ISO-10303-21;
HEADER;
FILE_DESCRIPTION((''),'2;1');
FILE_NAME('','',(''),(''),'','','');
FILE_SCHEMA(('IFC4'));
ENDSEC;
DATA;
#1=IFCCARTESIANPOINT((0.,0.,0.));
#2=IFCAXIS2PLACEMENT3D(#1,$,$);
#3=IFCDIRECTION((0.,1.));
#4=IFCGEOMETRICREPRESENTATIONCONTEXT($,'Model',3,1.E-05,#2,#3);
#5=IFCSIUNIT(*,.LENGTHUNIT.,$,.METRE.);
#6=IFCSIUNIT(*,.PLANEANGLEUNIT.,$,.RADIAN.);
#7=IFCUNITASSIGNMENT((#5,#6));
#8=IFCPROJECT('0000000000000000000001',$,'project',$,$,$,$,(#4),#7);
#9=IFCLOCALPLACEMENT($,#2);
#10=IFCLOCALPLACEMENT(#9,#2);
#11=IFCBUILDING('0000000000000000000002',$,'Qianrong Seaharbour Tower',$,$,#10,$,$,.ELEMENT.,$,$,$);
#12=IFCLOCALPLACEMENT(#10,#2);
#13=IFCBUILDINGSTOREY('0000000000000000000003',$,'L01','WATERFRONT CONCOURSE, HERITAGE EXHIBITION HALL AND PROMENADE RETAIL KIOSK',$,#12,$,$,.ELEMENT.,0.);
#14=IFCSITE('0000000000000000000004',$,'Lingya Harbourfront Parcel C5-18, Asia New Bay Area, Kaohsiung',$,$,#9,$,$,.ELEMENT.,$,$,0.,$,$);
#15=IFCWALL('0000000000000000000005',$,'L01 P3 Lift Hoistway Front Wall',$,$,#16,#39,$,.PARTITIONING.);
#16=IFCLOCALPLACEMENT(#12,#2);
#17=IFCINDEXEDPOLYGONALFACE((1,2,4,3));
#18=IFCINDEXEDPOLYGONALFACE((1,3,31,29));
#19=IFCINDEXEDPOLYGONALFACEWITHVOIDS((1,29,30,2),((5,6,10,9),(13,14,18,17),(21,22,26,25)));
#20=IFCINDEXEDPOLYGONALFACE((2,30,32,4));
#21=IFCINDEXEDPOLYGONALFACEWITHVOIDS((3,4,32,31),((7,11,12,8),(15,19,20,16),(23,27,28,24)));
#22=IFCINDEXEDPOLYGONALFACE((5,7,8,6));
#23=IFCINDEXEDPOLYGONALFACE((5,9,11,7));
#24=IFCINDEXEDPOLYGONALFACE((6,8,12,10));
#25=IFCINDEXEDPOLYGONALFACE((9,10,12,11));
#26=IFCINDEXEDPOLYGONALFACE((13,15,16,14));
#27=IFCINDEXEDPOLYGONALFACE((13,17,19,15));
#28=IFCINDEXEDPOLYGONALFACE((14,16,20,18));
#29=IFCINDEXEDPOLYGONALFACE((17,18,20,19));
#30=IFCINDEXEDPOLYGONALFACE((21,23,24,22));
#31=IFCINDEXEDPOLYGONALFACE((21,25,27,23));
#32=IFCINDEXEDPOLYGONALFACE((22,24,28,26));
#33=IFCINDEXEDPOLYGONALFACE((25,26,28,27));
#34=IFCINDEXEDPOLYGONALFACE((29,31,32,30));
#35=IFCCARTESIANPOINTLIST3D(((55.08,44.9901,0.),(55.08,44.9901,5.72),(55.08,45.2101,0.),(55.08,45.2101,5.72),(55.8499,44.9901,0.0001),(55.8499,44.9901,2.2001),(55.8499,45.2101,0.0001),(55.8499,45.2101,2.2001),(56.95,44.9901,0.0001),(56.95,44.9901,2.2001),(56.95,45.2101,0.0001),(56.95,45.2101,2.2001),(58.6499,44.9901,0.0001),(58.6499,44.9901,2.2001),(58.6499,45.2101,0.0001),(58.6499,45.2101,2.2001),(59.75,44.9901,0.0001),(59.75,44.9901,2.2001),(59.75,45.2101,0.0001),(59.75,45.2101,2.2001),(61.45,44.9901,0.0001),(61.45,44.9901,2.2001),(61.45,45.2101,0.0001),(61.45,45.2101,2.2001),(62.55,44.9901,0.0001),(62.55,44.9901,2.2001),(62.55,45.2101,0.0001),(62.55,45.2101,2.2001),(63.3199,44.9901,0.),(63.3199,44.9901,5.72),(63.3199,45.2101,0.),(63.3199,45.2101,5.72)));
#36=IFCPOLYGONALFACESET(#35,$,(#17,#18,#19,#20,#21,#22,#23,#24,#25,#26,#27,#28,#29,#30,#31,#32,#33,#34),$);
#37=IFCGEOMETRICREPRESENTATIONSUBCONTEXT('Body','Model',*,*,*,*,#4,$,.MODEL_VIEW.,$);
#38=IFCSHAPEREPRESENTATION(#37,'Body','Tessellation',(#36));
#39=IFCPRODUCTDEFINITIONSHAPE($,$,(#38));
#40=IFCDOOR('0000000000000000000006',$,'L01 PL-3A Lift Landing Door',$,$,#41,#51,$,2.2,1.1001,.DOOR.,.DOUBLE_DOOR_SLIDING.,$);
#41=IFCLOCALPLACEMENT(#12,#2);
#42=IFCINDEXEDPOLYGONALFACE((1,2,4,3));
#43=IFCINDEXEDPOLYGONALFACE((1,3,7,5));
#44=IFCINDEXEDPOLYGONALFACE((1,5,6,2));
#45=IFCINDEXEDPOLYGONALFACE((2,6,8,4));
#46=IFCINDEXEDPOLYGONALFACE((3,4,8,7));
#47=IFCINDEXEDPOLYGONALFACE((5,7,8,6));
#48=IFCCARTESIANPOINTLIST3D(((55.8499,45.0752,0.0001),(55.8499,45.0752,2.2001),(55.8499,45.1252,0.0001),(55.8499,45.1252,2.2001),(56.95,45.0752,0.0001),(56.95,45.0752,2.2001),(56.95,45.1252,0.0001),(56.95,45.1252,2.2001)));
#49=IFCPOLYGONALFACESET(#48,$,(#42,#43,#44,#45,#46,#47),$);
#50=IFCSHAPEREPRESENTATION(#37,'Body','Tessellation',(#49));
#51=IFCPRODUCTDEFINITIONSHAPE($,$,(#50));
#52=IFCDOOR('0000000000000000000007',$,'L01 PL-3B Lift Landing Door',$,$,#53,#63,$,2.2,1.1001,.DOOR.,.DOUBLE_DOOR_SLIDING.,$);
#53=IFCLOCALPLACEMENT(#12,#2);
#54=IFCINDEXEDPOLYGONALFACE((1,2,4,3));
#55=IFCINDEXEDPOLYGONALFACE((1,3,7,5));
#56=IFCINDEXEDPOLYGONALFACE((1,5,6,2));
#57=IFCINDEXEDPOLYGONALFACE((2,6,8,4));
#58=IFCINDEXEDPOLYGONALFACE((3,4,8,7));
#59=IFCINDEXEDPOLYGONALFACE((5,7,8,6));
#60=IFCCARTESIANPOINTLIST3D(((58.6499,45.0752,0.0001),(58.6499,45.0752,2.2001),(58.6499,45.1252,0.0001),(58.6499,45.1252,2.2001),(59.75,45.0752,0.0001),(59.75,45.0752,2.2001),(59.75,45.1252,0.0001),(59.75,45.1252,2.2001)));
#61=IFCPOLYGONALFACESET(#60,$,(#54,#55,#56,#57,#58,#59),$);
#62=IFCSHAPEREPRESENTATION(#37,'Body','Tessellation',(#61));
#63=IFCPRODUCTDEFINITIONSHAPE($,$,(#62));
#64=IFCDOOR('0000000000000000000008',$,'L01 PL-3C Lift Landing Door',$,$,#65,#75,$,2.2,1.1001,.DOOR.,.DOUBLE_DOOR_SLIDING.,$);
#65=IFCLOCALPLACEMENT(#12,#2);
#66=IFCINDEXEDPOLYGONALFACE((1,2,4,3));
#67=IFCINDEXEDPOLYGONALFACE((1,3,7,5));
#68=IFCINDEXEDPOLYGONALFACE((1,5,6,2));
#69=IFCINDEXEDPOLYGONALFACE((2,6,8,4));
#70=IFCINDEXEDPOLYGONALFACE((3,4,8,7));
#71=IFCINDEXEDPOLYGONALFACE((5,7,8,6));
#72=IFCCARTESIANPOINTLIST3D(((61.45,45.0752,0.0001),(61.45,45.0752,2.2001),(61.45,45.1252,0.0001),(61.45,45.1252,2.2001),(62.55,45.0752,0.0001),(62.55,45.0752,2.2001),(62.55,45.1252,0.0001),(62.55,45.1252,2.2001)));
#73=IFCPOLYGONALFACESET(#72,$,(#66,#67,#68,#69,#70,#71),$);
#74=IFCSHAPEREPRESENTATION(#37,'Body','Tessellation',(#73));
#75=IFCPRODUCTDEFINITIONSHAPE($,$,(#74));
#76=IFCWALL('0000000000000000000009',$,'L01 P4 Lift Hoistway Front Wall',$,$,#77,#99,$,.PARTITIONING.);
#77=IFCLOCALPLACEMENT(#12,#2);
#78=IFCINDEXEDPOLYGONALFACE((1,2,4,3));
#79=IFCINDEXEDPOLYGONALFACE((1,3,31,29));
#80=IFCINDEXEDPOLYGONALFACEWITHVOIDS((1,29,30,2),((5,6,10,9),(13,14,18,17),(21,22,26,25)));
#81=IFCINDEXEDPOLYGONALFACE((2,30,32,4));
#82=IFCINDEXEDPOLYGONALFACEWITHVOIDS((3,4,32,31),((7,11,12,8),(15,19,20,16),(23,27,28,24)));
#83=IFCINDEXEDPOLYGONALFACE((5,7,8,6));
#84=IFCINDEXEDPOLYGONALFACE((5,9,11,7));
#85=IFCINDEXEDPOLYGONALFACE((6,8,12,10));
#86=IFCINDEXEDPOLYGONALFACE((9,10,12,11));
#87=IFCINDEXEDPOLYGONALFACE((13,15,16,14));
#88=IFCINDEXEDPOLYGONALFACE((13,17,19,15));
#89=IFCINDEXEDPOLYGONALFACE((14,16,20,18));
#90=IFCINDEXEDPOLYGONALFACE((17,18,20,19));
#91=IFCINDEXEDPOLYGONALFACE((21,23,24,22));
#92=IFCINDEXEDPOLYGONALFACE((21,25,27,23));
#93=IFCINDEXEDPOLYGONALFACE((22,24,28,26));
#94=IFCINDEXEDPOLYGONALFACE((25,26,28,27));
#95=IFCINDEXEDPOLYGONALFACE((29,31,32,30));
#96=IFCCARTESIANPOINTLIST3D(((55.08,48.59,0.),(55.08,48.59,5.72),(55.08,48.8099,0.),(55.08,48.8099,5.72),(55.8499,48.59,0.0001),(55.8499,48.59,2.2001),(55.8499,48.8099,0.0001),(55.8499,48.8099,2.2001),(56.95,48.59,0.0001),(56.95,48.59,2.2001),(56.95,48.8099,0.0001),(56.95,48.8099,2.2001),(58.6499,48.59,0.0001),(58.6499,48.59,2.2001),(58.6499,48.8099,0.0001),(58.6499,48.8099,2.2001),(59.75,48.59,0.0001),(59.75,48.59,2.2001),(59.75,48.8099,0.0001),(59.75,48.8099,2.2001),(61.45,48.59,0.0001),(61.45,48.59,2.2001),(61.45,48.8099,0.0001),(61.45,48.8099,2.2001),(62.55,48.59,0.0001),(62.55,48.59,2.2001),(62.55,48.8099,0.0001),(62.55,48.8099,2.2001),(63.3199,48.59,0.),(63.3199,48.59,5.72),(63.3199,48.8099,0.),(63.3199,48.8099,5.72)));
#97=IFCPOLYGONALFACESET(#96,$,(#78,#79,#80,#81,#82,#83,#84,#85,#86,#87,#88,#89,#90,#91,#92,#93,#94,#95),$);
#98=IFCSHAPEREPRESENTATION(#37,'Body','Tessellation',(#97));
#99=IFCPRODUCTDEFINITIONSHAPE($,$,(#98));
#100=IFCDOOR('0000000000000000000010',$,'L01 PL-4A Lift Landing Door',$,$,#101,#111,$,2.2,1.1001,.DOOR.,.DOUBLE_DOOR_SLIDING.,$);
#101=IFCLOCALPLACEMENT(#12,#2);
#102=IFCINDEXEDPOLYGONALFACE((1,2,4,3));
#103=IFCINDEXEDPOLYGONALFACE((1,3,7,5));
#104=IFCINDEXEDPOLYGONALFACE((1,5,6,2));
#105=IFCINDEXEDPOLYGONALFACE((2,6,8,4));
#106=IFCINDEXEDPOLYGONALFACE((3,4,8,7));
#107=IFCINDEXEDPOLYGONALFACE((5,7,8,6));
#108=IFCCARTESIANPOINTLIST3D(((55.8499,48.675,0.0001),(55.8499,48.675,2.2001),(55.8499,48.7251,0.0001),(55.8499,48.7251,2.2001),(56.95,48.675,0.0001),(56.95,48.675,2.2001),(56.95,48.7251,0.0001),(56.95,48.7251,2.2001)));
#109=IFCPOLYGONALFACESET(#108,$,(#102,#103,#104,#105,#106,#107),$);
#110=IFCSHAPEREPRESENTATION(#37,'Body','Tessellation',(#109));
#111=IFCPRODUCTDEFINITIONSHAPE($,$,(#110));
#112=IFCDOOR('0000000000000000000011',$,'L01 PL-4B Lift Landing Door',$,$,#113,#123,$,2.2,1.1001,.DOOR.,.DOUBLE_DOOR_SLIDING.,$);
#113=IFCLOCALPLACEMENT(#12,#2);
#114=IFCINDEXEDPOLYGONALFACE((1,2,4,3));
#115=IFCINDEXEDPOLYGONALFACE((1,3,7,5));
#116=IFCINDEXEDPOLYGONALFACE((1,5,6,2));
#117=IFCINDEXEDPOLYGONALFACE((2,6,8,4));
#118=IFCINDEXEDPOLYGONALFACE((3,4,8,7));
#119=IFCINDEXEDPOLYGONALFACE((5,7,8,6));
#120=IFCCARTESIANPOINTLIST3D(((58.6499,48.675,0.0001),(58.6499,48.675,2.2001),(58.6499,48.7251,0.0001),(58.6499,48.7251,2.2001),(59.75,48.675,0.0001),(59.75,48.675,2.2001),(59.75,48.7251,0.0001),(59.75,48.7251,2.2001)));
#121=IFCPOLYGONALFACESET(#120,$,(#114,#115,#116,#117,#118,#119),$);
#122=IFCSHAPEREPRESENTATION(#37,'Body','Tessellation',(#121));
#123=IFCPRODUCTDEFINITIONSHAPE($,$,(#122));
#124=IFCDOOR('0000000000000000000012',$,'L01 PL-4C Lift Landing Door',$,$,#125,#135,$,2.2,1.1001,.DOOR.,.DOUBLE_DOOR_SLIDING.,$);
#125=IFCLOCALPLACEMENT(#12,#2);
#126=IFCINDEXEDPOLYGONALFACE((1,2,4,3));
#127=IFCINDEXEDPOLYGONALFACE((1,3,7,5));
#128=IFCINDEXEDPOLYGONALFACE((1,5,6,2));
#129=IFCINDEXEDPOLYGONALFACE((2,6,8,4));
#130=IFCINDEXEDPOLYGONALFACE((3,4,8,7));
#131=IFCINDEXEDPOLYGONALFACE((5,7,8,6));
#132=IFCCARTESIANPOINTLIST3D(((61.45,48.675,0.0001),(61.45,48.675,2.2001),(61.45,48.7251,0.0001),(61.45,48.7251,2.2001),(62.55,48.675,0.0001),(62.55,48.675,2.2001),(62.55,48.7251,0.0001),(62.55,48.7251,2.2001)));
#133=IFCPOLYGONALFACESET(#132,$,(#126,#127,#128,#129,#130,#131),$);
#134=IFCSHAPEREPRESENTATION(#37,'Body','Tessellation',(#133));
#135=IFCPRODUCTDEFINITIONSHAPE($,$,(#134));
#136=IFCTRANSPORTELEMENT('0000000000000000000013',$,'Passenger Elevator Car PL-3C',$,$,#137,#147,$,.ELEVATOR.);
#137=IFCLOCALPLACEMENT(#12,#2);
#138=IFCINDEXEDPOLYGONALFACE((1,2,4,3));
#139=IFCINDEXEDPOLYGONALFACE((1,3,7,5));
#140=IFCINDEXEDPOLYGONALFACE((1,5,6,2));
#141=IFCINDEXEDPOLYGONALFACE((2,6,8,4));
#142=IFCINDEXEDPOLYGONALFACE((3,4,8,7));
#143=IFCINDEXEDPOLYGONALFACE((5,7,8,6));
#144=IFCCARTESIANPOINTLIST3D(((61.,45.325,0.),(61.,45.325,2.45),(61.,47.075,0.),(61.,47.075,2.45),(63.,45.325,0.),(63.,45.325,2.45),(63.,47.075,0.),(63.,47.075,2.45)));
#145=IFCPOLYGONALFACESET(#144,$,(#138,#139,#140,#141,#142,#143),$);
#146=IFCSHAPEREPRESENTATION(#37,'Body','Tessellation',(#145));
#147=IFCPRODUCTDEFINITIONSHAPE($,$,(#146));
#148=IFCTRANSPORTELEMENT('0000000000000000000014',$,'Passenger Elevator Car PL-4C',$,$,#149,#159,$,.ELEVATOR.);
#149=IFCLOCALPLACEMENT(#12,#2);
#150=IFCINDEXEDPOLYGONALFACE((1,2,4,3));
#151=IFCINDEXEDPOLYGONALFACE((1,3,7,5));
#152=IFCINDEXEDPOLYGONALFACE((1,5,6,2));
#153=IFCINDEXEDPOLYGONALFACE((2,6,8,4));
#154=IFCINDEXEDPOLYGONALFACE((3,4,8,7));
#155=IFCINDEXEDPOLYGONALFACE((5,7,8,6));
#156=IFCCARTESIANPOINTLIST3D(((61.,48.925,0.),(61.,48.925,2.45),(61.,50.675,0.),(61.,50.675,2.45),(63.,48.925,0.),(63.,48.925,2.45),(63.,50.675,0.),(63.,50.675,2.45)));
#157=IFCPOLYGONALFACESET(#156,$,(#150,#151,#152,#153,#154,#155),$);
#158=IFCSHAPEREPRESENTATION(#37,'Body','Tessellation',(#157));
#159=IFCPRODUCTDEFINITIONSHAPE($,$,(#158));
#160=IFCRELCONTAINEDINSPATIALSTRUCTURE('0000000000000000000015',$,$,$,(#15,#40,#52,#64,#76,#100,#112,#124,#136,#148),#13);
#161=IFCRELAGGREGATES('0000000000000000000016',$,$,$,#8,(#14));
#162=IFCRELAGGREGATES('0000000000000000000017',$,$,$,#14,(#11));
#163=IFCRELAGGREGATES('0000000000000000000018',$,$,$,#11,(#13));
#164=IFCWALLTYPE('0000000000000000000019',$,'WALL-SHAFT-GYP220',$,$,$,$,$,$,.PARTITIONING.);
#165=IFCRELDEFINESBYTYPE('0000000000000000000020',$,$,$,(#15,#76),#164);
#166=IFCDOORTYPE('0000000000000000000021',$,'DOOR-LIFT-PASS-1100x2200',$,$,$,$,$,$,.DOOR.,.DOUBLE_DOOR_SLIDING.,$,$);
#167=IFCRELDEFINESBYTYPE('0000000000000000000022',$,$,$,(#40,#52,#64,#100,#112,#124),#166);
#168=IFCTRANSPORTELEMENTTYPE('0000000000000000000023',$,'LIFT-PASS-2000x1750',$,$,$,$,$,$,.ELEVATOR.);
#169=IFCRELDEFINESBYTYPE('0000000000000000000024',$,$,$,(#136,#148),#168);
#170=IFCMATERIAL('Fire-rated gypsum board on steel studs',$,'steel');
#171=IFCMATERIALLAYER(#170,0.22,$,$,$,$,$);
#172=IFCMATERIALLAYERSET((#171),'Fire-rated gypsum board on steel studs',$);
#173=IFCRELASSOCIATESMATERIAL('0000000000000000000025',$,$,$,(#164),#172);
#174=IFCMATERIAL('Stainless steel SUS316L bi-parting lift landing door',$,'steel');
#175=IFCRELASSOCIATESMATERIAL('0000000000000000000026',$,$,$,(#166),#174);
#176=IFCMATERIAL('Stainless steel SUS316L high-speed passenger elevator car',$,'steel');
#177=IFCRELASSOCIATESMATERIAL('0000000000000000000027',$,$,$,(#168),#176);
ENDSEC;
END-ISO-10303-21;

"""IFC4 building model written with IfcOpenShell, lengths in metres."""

from ifc_helpers import new_model, si_unit, direction, frame, frame_2d, origin, origin_2d, place, context, subcontext, project, spatial, rectangle, extrude, material, layer, layer_set, type_object, element, fill, save


model = new_model("IFC4")

# Units and contexts
model_context = context("Model", 3, precision=1e-05, world=origin(), true_north=direction((0.0, 1.0)))
body_context = subcontext(model_context, "Body", "Model", "MODEL_VIEW")
ifc_project = project(units=[si_unit("LENGTHUNIT", "METRE"), si_unit("PLANEANGLEUNIT", "RADIAN")], contexts=[model_context])

# Site, building, storey
site_placement = place(None, origin())
site = spatial("IfcSite", under=ifc_project, at=site_placement, Name="Lingya Harbourfront Parcel C5-18, Asia New Bay Area, Kaohsiung", CompositionType="ELEMENT", RefElevation=0.0)
building_placement = place(site_placement, origin())
building = spatial("IfcBuilding", under=site, at=building_placement, Name="Qianrong Seaharbour Tower", CompositionType="ELEMENT")
storey_placement = place(building_placement, origin())
storey = spatial("IfcBuildingStorey", under=building, at=storey_placement, Name="L01", Description="WATERFRONT CONCOURSE, HERITAGE EXHIBITION HALL AND PROMENADE RETAIL KIOSK", CompositionType="ELEMENT", Elevation=0.0)

# Walls, openings, doors
ifc_material_1 = material(Name="Fire-rated gypsum board on steel studs", Category="steel")
ifc_layer_1 = layer(ifc_material_1, 0.22)
ifc_layer_set_1 = layer_set([ifc_layer_1], Name="Fire-rated gypsum board on steel studs")
wall_type_1 = type_object("IfcWallType", Name="WALL-SHAFT-GYP220", PredefinedType="PARTITIONING", material=ifc_layer_set_1)
wall_1_placement = place(storey_placement, frame((63.3201, 45.1001, 0.0), z_axis=(0.0, 0.0, 1.0), x_axis=(-1.0, 0.0, 0.0)))
wall_1 = element("IfcWall", 1, at=wall_1_placement, inside=storey, type_object=wall_type_1, Name="L01 P3 Lift Hoistway Front Wall", PredefinedType="PARTITIONING", context=body_context, shape_type="SweptSolid", body=[
    extrude(rectangle(XDim=8.24, YDim=0.22, at=frame_2d((4.1201, 0.0))), origin(), (0.0, 0.0, 1.0), 5.72),
])
opening_1_placement = place(wall_1_placement, frame((6.3701, 0.0, 0.0)))
opening_1 = element("IfcOpeningElement", 2, at=opening_1_placement, cuts=wall_1, PredefinedType="OPENING", context=body_context, shape_type="SweptSolid", body=[
    extrude(rectangle(XDim=1.1001, YDim=2.2, at=frame_2d((0.55, 1.1001))), frame((0.0, 0.1201, 0.0), z_axis=(0.0, -1.0, 0.0), x_axis=(1.0, 0.0, 0.0)), (0.0, 0.0, 1.0), 0.24),
])
opening_2_placement = place(wall_1_placement, frame((3.5701, 0.0, 0.0)))
opening_2 = element("IfcOpeningElement", 3, at=opening_2_placement, cuts=wall_1, PredefinedType="OPENING", context=body_context, shape_type="SweptSolid", body=[
    extrude(rectangle(XDim=1.1001, YDim=2.2, at=frame_2d((0.55, 1.1001))), frame((0.0, 0.1201, 0.0), z_axis=(0.0, -1.0, 0.0), x_axis=(1.0, 0.0, 0.0)), (0.0, 0.0, 1.0), 0.24),
])
opening_3_placement = place(wall_1_placement, frame((0.77, 0.0, 0.0)))
opening_3 = element("IfcOpeningElement", 4, at=opening_3_placement, cuts=wall_1, PredefinedType="OPENING", context=body_context, shape_type="SweptSolid", body=[
    extrude(rectangle(XDim=1.1001, YDim=2.2, at=frame_2d((0.55, 1.1001))), frame((0.0, 0.1201, 0.0), z_axis=(0.0, -1.0, 0.0), x_axis=(1.0, 0.0, 0.0)), (0.0, 0.0, 1.0), 0.24),
])
ifc_material_2 = material(Name="Stainless steel SUS316L bi-parting lift landing door", Category="steel")
door_type_1 = type_object("IfcDoorType", Name="DOOR-LIFT-PASS-1100x2200", OperationType="DOUBLE_DOOR_SLIDING", PredefinedType="DOOR", material=ifc_material_2)
door_1_placement = place(opening_1_placement, origin())
door_1 = element("IfcDoor", 5, at=door_1_placement, inside=storey, type_object=door_type_1, Name="L01 PL-3A Lift Landing Door", OperationType="DOUBLE_DOOR_SLIDING", OverallHeight=2.2, OverallWidth=1.1001, PredefinedType="DOOR", context=body_context, shape_type="SweptSolid", body=[
    extrude(rectangle(XDim=1.1001, YDim=2.2, at=frame_2d((0.55, 1.1001))), frame((0.0, 0.0249, 0.0), z_axis=(0.0, -1.0, 0.0), x_axis=(1.0, 0.0, 0.0)), (0.0, 0.0, 1.0), 0.05),
])
fill(opening_1, door_1)
door_2_placement = place(opening_2_placement, origin())
door_2 = element("IfcDoor", 6, at=door_2_placement, inside=storey, type_object=door_type_1, Name="L01 PL-3B Lift Landing Door", OperationType="DOUBLE_DOOR_SLIDING", OverallHeight=2.2, OverallWidth=1.1001, PredefinedType="DOOR", context=body_context, shape_type="SweptSolid", body=[
    extrude(rectangle(XDim=1.1001, YDim=2.2, at=frame_2d((0.55, 1.1001))), frame((0.0, 0.0249, 0.0), z_axis=(0.0, -1.0, 0.0), x_axis=(1.0, 0.0, 0.0)), (0.0, 0.0, 1.0), 0.05),
])
fill(opening_2, door_2)
door_3_placement = place(opening_3_placement, origin())
door_3 = element("IfcDoor", 7, at=door_3_placement, inside=storey, type_object=door_type_1, Name="L01 PL-3C Lift Landing Door", OperationType="DOUBLE_DOOR_SLIDING", OverallHeight=2.2, OverallWidth=1.1001, PredefinedType="DOOR", context=body_context, shape_type="SweptSolid", body=[
    extrude(rectangle(XDim=1.1001, YDim=2.2, at=frame_2d((0.55, 1.1001))), frame((0.0, 0.0249, 0.0), z_axis=(0.0, -1.0, 0.0), x_axis=(1.0, 0.0, 0.0)), (0.0, 0.0, 1.0), 0.05),
])
fill(opening_3, door_3)
wall_2_placement = place(storey_placement, frame((63.3201, 48.7, 0.0), z_axis=(0.0, 0.0, 1.0), x_axis=(-1.0, 0.0, 0.0)))
wall_2 = element("IfcWall", 8, at=wall_2_placement, inside=storey, type_object=wall_type_1, Name="L01 P4 Lift Hoistway Front Wall", PredefinedType="PARTITIONING", context=body_context, shape_type="SweptSolid", body=[
    extrude(rectangle(XDim=8.24, YDim=0.22, at=frame_2d((4.1201, 0.0))), origin(), (0.0, 0.0, 1.0), 5.72),
])
opening_4_placement = place(wall_2_placement, frame((6.3701, 0.0, 0.0)))
opening_4 = element("IfcOpeningElement", 9, at=opening_4_placement, cuts=wall_2, PredefinedType="OPENING", context=body_context, shape_type="SweptSolid", body=[
    extrude(rectangle(XDim=1.1001, YDim=2.2, at=frame_2d((0.55, 1.1001))), frame((0.0, 0.1201, 0.0), z_axis=(0.0, -1.0, 0.0), x_axis=(1.0, 0.0, 0.0)), (0.0, 0.0, 1.0), 0.24),
])
opening_5_placement = place(wall_2_placement, frame((3.5701, 0.0, 0.0)))
opening_5 = element("IfcOpeningElement", 10, at=opening_5_placement, cuts=wall_2, PredefinedType="OPENING", context=body_context, shape_type="SweptSolid", body=[
    extrude(rectangle(XDim=1.1001, YDim=2.2, at=frame_2d((0.55, 1.1001))), frame((0.0, 0.1201, 0.0), z_axis=(0.0, -1.0, 0.0), x_axis=(1.0, 0.0, 0.0)), (0.0, 0.0, 1.0), 0.24),
])
opening_6_placement = place(wall_2_placement, frame((0.77, 0.0, 0.0)))
opening_6 = element("IfcOpeningElement", 11, at=opening_6_placement, cuts=wall_2, PredefinedType="OPENING", context=body_context, shape_type="SweptSolid", body=[
    extrude(rectangle(XDim=1.1001, YDim=2.2, at=frame_2d((0.55, 1.1001))), frame((0.0, 0.1201, 0.0), z_axis=(0.0, -1.0, 0.0), x_axis=(1.0, 0.0, 0.0)), (0.0, 0.0, 1.0), 0.24),
])
door_4_placement = place(opening_4_placement, origin())
door_4 = element("IfcDoor", 12, at=door_4_placement, inside=storey, type_object=door_type_1, Name="L01 PL-4A Lift Landing Door", OperationType="DOUBLE_DOOR_SLIDING", OverallHeight=2.2, OverallWidth=1.1001, PredefinedType="DOOR", context=body_context, shape_type="SweptSolid", body=[
    extrude(rectangle(XDim=1.1001, YDim=2.2, at=frame_2d((0.55, 1.1001))), frame((0.0, 0.0249, 0.0), z_axis=(0.0, -1.0, 0.0), x_axis=(1.0, 0.0, 0.0)), (0.0, 0.0, 1.0), 0.05),
])
fill(opening_4, door_4)
door_5_placement = place(opening_5_placement, origin())
door_5 = element("IfcDoor", 13, at=door_5_placement, inside=storey, type_object=door_type_1, Name="L01 PL-4B Lift Landing Door", OperationType="DOUBLE_DOOR_SLIDING", OverallHeight=2.2, OverallWidth=1.1001, PredefinedType="DOOR", context=body_context, shape_type="SweptSolid", body=[
    extrude(rectangle(XDim=1.1001, YDim=2.2, at=frame_2d((0.55, 1.1001))), frame((0.0, 0.0249, 0.0), z_axis=(0.0, -1.0, 0.0), x_axis=(1.0, 0.0, 0.0)), (0.0, 0.0, 1.0), 0.05),
])
fill(opening_5, door_5)
door_6_placement = place(opening_6_placement, origin())
door_6 = element("IfcDoor", 14, at=door_6_placement, inside=storey, type_object=door_type_1, Name="L01 PL-4C Lift Landing Door", OperationType="DOUBLE_DOOR_SLIDING", OverallHeight=2.2, OverallWidth=1.1001, PredefinedType="DOOR", context=body_context, shape_type="SweptSolid", body=[
    extrude(rectangle(XDim=1.1001, YDim=2.2, at=frame_2d((0.55, 1.1001))), frame((0.0, 0.0249, 0.0), z_axis=(0.0, -1.0, 0.0), x_axis=(1.0, 0.0, 0.0)), (0.0, 0.0, 1.0), 0.05),
])
fill(opening_6, door_6)

# Transport elements
ifc_material_3 = material(Name="Stainless steel SUS316L high-speed passenger elevator car", Category="steel")
transport_element_type = type_object("IfcTransportElementType", Name="LIFT-PASS-2000x1750", PredefinedType="ELEVATOR", material=ifc_material_3)
for number, where, z_axis, x_axis, name in (
    (15, (62.0, 46.2, 0.0), (0.0, 0.0, 1.0), (1.0, 0.0, 0.0), "Passenger Elevator Car PL-3C"),
    (16, (62.0, 49.8, 0.0), (0.0, 0.0, 1.0), (1.0, 0.0, 0.0), "Passenger Elevator Car PL-4C"),
):
    element("IfcTransportElement", number, at=place(storey_placement, frame(where, z_axis=z_axis, x_axis=x_axis)), inside=storey, type_object=transport_element_type, Name=name, PredefinedType="ELEVATOR", context=body_context, shape_type="SweptSolid", body=[
        extrude(rectangle(XDim=2.0, YDim=1.75, at=origin_2d()), origin(), (0.0, 0.0, 1.0), 2.45),
    ])

save(model, "model.ifc")
